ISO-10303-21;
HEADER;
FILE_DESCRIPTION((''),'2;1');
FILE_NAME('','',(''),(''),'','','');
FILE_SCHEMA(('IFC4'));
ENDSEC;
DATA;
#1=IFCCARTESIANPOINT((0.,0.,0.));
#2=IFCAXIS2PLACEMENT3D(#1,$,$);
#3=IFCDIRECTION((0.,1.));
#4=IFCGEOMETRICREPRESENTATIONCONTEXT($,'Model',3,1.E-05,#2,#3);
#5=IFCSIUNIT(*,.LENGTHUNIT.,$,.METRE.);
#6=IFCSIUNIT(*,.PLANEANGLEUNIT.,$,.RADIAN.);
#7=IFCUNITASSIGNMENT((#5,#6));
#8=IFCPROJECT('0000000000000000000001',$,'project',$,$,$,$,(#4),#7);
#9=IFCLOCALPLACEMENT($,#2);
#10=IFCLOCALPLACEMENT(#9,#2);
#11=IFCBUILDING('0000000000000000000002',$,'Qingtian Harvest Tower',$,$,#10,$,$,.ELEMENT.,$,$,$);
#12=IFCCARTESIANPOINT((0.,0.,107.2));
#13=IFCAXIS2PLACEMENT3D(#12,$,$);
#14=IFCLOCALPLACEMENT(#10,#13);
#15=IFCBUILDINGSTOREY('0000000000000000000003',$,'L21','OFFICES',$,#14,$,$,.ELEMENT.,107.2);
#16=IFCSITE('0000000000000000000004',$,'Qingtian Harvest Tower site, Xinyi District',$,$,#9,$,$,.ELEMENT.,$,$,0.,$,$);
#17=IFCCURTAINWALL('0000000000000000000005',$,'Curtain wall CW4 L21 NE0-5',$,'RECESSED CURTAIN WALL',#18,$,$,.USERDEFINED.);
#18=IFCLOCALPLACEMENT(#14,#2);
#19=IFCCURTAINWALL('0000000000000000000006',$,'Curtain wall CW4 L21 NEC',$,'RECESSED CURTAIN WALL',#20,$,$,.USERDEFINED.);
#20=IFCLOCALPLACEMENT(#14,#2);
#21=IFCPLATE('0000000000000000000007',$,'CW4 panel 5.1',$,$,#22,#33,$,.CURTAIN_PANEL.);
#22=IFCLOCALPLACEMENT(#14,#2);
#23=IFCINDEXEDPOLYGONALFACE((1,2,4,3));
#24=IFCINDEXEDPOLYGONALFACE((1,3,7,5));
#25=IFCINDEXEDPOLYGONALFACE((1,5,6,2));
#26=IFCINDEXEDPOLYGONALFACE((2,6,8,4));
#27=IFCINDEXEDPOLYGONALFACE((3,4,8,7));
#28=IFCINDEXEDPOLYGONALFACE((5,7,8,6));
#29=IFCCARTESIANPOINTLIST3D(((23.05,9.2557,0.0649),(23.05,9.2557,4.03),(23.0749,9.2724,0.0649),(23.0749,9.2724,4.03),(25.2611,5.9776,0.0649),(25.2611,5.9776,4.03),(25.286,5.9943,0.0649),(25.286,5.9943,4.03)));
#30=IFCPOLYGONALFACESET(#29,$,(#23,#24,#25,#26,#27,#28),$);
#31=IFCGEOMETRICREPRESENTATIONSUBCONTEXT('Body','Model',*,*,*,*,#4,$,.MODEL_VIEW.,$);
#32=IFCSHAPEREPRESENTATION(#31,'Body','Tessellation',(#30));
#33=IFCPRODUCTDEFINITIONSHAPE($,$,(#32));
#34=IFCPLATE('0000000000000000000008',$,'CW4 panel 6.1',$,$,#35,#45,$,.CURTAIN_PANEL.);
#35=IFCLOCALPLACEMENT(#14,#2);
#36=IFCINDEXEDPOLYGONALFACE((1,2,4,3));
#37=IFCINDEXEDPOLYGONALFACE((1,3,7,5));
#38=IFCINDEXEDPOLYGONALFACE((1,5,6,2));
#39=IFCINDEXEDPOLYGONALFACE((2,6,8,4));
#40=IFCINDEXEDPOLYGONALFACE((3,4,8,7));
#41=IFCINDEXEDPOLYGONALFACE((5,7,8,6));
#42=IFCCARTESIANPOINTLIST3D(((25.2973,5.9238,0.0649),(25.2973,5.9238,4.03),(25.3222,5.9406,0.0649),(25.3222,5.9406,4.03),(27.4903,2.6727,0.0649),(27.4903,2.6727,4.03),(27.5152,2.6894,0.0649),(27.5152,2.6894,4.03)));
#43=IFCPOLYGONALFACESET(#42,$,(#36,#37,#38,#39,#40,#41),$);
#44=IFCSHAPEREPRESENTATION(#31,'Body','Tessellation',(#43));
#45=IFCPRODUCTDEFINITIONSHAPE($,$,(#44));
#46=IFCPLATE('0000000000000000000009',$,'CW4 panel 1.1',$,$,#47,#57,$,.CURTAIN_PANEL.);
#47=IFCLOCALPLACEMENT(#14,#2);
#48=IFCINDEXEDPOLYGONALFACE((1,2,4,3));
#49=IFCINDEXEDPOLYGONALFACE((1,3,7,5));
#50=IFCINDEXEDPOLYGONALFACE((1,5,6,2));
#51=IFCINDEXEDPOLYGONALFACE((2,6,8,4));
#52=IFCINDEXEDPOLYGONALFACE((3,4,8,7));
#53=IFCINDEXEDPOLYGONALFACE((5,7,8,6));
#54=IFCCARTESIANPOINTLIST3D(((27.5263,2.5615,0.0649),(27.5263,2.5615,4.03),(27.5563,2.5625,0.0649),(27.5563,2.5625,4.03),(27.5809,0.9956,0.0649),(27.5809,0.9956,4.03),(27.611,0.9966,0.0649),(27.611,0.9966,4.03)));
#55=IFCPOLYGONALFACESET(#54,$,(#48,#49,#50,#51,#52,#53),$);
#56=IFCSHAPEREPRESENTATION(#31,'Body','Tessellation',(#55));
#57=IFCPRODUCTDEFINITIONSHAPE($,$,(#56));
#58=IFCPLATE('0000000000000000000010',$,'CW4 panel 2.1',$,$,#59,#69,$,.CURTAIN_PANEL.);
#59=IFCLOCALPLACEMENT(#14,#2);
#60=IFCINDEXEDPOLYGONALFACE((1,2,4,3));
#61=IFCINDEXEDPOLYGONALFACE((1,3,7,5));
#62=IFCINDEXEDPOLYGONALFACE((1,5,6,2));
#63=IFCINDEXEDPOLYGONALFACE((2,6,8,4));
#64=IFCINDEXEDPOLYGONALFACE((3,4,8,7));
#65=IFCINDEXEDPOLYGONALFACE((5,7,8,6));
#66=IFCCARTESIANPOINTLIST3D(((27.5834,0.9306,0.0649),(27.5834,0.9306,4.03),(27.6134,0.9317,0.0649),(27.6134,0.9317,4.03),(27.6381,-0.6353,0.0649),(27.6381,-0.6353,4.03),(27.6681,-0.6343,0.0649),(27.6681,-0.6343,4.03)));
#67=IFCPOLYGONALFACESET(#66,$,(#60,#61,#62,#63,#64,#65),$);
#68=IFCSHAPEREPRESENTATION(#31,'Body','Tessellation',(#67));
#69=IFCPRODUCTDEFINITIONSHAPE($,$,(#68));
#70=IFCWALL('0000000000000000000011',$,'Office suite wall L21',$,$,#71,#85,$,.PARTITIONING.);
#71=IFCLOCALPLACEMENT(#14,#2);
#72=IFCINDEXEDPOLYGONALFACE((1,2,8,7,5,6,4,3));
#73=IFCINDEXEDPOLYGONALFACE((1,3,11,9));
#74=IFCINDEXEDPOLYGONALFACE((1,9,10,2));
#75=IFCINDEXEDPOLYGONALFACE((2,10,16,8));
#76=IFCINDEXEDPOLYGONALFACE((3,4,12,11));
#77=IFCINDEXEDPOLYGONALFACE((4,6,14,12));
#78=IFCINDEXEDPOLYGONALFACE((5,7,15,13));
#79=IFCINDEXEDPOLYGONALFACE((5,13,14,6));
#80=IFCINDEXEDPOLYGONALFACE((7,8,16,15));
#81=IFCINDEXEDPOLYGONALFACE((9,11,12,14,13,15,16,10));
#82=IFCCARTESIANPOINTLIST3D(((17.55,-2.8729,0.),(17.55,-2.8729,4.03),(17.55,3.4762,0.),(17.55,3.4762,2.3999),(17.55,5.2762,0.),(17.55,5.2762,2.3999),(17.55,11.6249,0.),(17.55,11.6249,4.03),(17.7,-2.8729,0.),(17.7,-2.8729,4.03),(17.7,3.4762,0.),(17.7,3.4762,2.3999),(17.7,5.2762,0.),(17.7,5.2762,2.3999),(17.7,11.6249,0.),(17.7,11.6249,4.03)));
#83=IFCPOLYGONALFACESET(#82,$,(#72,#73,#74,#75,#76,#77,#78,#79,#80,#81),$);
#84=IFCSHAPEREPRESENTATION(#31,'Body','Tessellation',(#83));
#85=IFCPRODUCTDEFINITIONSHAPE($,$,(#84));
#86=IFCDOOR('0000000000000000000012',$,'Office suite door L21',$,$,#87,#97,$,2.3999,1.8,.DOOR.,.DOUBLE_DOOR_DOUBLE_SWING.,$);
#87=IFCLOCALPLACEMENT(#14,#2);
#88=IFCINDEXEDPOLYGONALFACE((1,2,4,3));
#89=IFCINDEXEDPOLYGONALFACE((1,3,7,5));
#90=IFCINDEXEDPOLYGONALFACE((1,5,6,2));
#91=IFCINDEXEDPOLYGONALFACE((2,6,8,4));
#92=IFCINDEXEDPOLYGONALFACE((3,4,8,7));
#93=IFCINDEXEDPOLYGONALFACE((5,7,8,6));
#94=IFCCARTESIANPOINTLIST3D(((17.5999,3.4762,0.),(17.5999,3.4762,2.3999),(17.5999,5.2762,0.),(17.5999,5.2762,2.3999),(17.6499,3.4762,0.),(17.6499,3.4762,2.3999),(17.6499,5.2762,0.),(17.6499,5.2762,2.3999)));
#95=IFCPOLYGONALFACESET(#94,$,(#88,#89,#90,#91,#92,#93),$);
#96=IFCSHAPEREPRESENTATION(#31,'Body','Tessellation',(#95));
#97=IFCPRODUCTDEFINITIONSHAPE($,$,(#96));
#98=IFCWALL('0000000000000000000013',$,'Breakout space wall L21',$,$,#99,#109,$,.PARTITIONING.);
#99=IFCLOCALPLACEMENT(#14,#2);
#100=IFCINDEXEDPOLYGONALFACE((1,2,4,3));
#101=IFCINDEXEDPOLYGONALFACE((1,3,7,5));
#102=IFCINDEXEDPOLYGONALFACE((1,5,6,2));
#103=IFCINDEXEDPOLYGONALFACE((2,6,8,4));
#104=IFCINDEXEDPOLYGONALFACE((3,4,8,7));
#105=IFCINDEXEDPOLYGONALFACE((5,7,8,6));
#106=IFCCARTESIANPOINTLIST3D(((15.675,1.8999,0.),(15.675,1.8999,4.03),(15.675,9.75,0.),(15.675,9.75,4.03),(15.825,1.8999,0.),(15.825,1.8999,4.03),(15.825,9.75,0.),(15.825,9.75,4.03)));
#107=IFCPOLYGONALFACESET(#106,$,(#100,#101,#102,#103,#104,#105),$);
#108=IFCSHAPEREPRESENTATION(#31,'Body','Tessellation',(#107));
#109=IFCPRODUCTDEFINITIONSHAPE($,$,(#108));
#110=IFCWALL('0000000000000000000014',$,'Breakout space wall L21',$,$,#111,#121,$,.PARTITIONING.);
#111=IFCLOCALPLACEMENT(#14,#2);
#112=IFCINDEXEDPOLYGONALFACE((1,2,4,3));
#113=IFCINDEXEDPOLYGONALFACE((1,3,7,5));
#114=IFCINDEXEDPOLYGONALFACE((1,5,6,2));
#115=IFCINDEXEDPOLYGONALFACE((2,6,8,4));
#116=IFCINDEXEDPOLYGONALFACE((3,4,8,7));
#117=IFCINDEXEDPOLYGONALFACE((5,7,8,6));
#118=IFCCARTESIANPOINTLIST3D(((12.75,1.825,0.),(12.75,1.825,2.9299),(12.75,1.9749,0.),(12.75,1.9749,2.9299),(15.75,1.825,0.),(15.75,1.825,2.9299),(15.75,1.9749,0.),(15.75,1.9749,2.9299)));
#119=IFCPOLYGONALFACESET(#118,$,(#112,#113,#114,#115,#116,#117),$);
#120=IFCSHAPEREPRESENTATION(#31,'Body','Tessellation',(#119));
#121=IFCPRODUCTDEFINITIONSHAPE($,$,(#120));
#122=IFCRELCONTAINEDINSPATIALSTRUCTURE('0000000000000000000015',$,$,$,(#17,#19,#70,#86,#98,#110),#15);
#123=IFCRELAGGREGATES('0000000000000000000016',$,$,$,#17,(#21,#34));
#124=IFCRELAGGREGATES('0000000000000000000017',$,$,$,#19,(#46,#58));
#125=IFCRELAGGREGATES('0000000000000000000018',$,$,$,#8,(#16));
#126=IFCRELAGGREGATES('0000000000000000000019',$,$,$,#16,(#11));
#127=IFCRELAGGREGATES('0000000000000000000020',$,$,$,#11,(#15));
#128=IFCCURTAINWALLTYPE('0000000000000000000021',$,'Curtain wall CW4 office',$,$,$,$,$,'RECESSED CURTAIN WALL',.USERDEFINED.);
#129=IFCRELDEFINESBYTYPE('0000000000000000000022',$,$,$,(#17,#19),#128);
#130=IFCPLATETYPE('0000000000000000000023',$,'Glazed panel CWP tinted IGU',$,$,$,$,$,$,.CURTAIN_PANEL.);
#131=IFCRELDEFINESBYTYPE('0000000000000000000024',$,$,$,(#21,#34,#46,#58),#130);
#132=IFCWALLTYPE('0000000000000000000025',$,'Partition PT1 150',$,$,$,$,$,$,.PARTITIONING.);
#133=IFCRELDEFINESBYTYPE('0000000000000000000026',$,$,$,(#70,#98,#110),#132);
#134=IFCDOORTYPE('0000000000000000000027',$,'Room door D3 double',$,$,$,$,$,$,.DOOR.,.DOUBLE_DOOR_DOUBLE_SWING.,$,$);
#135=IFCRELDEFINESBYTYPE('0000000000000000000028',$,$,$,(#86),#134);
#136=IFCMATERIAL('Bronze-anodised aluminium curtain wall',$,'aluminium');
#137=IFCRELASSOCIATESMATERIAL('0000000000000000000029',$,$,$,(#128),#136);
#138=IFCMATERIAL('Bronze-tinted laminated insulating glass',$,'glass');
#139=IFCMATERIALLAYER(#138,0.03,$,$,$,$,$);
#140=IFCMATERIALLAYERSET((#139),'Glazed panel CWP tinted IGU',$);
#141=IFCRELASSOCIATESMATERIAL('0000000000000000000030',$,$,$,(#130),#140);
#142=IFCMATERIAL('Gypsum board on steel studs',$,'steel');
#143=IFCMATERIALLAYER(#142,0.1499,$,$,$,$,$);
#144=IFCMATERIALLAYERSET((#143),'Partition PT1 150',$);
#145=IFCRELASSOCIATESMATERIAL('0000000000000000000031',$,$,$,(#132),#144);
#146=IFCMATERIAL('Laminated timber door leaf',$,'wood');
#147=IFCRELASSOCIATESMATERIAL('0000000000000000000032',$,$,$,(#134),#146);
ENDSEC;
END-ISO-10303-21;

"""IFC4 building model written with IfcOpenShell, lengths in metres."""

from ifc_helpers import new_model, si_unit, direction, frame, frame_2d, origin, origin_2d, place, context, subcontext, project, spatial, rectangle, extrude, material, layer, layer_set, type_object, element, fill, aggregate, save


model = new_model("IFC4")

# Units and contexts
model_context = context("Model", 3, precision=1e-05, world=origin(), true_north=direction((0.0, 1.0)))
body_context = subcontext(model_context, "Body", "Model", "MODEL_VIEW")
ifc_project = project(units=[si_unit("LENGTHUNIT", "METRE"), si_unit("PLANEANGLEUNIT", "RADIAN")], contexts=[model_context])

# Site, building, storey
site_placement = place(None, origin())
site = spatial("IfcSite", under=ifc_project, at=site_placement, Name="Qingtian Harvest Tower site, Xinyi District", CompositionType="ELEMENT", RefElevation=0.0)
building_placement = place(site_placement, origin())
building = spatial("IfcBuilding", under=site, at=building_placement, Name="Qingtian Harvest Tower", CompositionType="ELEMENT")
storey_placement = place(building_placement, frame((0.0, 0.0, 107.2)))
storey = spatial("IfcBuildingStorey", under=building, at=storey_placement, Name="L21", Description="OFFICES", CompositionType="ELEMENT", Elevation=107.2)

# Curtain walls
ifc_material_1 = material(Name="Bronze-anodised aluminium curtain wall", Category="aluminium")
curtain_wall_type = type_object("IfcCurtainWallType", Name="Curtain wall CW4 office", ElementType="RECESSED CURTAIN WALL", PredefinedType="USERDEFINED", material=ifc_material_1)
curtain_wall_1_placement = place(storey_placement, origin())
curtain_wall_1 = element("IfcCurtainWall", 1, at=curtain_wall_1_placement, inside=storey, type_object=curtain_wall_type, Name="Curtain wall CW4 L21 NE0-5", ObjectType="RECESSED CURTAIN WALL", PredefinedType="USERDEFINED")
curtain_wall_2_placement = place(storey_placement, origin())
curtain_wall_2 = element("IfcCurtainWall", 2, at=curtain_wall_2_placement, inside=storey, type_object=curtain_wall_type, Name="Curtain wall CW4 L21 NEC", ObjectType="RECESSED CURTAIN WALL", PredefinedType="USERDEFINED")

# Plates
ifc_material_2 = material(Name="Bronze-tinted laminated insulating glass", Category="glass")
ifc_layer_1 = layer(ifc_material_2, 0.03)
ifc_layer_set_1 = layer_set([ifc_layer_1], Name="Glazed panel CWP tinted IGU")
plate_type = type_object("IfcPlateType", Name="Glazed panel CWP tinted IGU", PredefinedType="CURTAIN_PANEL", material=ifc_layer_set_1)
plate_1_placement = place(storey_placement, frame((24.168, 7.625, 0.0649), z_axis=(0.0, 0.0, 1.0), x_axis=(0.559193, -0.829038, 0.0)))
plate_1 = element("IfcPlate", 3, at=plate_1_placement, type_object=plate_type, Name="CW4 panel 5.1", PredefinedType="CURTAIN_PANEL", context=body_context, shape_type="SweptSolid", body=[
    extrude(rectangle(XDim=3.9541, YDim=0.03, at=origin_2d()), origin(), (0.0, 0.0, 1.0), 3.9651),
])
plate_2_placement = place(storey_placement, frame((26.4062, 4.3066, 0.0649), z_axis=(0.0, 0.0, 1.0), x_axis=(0.559193, -0.829038, 0.0)))
plate_2 = element("IfcPlate", 4, at=plate_2_placement, type_object=plate_type, Name="CW4 panel 6.1", PredefinedType="CURTAIN_PANEL", context=body_context, shape_type="SweptSolid", body=[
    extrude(rectangle(XDim=3.9216, YDim=0.03, at=origin_2d()), origin(), (0.0, 0.0, 1.0), 3.9651),
])
aggregate(curtain_wall_1, [plate_1, plate_2])
plate_3_placement = place(storey_placement, frame((27.5686, 1.7791, 0.0649), z_axis=(0.0, 0.0, 1.0), x_axis=(0.034899, -0.999391, 0.0)))
plate_3 = element("IfcPlate", 5, at=plate_3_placement, type_object=plate_type, Name="CW4 panel 1.1", PredefinedType="CURTAIN_PANEL", context=body_context, shape_type="SweptSolid", body=[
    extrude(rectangle(XDim=1.5669, YDim=0.03, at=origin_2d()), origin(), (0.0, 0.0, 1.0), 3.9651),
])
plate_4_placement = place(storey_placement, frame((27.6257, 0.1482, 0.0649), z_axis=(0.0, 0.0, 1.0), x_axis=(0.034899, -0.999391, 0.0)))
plate_4 = element("IfcPlate", 6, at=plate_4_placement, type_object=plate_type, Name="CW4 panel 2.1", PredefinedType="CURTAIN_PANEL", context=body_context, shape_type="SweptSolid", body=[
    extrude(rectangle(XDim=1.5669, YDim=0.03, at=origin_2d()), origin(), (0.0, 0.0, 1.0), 3.9651),
])
aggregate(curtain_wall_2, [plate_3, plate_4])

# Wall, opening, door
ifc_material_3 = material(Name="Gypsum board on steel studs", Category="steel")
ifc_layer_2 = layer(ifc_material_3, 0.1499)
ifc_layer_set_2 = layer_set([ifc_layer_2], Name="Partition PT1 150")
wall_type = type_object("IfcWallType", Name="Partition PT1 150", PredefinedType="PARTITIONING", material=ifc_layer_set_2)
wall_1_placement = place(storey_placement, frame((17.625, 11.625, 0.0), z_axis=(0.0, 0.0, 1.0), x_axis=(0.0, -1.0, 0.0)))
wall_1 = element("IfcWall", 7, at=wall_1_placement, inside=storey, type_object=wall_type, Name="Office suite wall L21", PredefinedType="PARTITIONING", context=body_context, shape_type="SweptSolid", body=[
    extrude(rectangle(XDim=14.4978, YDim=0.1499, at=frame_2d((7.249, 0.0))), origin(), (0.0, 0.0, 1.0), 4.03),
])
opening_placement = place(wall_1_placement, frame((6.3489, 0.0, 0.0)))
opening = element("IfcOpeningElement", 8, at=opening_placement, cuts=wall_1, PredefinedType="OPENING", context=body_context, shape_type="SweptSolid", body=[
    extrude(rectangle(XDim=1.8, YDim=2.3999, at=frame_2d((0.8999, 1.2))), frame((0.0, 0.085, 0.0), z_axis=(0.0, -1.0, 0.0), x_axis=(1.0, 0.0, 0.0)), (0.0, 0.0, 1.0), 0.1699),
])
ifc_material_4 = material(Name="Laminated timber door leaf", Category="wood")
door_type = type_object("IfcDoorType", Name="Room door D3 double", OperationType="DOUBLE_DOOR_DOUBLE_SWING", PredefinedType="DOOR", material=ifc_material_4)
door_placement = place(opening_placement, origin())
door = element("IfcDoor", 9, at=door_placement, inside=storey, type_object=door_type, Name="Office suite door L21", OperationType="DOUBLE_DOOR_DOUBLE_SWING", OverallHeight=2.3999, OverallWidth=1.8, PredefinedType="DOOR", context=body_context, shape_type="SweptSolid", body=[
    extrude(rectangle(XDim=1.8, YDim=2.3999, at=frame_2d((0.8999, 1.2))), frame((0.0, 0.0249, 0.0), z_axis=(0.0, -1.0, 0.0), x_axis=(1.0, 0.0, 0.0)), (0.0, 0.0, 1.0), 0.05),
])
fill(opening, door)

# Walls
wall_2_placement = place(storey_placement, frame((15.75, 1.8999, 0.0), z_axis=(0.0, 0.0, 1.0), x_axis=(0.0, 1.0, 0.0)))
element("IfcWall", 10, at=wall_2_placement, inside=storey, type_object=wall_type, Name="Breakout space wall L21", PredefinedType="PARTITIONING", context=body_context, shape_type="SweptSolid", body=[
    extrude(rectangle(XDim=7.8501, YDim=0.1499, at=frame_2d((3.925, 0.0))), origin(), (0.0, 0.0, 1.0), 4.03),
])
wall_3_placement = place(storey_placement, frame((12.75, 1.8999, 0.0), z_axis=(0.0, 0.0, 1.0), x_axis=(1.0, 0.0, 0.0)))
element("IfcWall", 11, at=wall_3_placement, inside=storey, type_object=wall_type, Name="Breakout space wall L21", PredefinedType="PARTITIONING", context=body_context, shape_type="SweptSolid", body=[
    extrude(rectangle(XDim=3.0, YDim=0.1499, at=frame_2d((1.5, 0.0))), origin(), (0.0, 0.0, 1.0), 2.9299),
])

save(model, "model.ifc")
